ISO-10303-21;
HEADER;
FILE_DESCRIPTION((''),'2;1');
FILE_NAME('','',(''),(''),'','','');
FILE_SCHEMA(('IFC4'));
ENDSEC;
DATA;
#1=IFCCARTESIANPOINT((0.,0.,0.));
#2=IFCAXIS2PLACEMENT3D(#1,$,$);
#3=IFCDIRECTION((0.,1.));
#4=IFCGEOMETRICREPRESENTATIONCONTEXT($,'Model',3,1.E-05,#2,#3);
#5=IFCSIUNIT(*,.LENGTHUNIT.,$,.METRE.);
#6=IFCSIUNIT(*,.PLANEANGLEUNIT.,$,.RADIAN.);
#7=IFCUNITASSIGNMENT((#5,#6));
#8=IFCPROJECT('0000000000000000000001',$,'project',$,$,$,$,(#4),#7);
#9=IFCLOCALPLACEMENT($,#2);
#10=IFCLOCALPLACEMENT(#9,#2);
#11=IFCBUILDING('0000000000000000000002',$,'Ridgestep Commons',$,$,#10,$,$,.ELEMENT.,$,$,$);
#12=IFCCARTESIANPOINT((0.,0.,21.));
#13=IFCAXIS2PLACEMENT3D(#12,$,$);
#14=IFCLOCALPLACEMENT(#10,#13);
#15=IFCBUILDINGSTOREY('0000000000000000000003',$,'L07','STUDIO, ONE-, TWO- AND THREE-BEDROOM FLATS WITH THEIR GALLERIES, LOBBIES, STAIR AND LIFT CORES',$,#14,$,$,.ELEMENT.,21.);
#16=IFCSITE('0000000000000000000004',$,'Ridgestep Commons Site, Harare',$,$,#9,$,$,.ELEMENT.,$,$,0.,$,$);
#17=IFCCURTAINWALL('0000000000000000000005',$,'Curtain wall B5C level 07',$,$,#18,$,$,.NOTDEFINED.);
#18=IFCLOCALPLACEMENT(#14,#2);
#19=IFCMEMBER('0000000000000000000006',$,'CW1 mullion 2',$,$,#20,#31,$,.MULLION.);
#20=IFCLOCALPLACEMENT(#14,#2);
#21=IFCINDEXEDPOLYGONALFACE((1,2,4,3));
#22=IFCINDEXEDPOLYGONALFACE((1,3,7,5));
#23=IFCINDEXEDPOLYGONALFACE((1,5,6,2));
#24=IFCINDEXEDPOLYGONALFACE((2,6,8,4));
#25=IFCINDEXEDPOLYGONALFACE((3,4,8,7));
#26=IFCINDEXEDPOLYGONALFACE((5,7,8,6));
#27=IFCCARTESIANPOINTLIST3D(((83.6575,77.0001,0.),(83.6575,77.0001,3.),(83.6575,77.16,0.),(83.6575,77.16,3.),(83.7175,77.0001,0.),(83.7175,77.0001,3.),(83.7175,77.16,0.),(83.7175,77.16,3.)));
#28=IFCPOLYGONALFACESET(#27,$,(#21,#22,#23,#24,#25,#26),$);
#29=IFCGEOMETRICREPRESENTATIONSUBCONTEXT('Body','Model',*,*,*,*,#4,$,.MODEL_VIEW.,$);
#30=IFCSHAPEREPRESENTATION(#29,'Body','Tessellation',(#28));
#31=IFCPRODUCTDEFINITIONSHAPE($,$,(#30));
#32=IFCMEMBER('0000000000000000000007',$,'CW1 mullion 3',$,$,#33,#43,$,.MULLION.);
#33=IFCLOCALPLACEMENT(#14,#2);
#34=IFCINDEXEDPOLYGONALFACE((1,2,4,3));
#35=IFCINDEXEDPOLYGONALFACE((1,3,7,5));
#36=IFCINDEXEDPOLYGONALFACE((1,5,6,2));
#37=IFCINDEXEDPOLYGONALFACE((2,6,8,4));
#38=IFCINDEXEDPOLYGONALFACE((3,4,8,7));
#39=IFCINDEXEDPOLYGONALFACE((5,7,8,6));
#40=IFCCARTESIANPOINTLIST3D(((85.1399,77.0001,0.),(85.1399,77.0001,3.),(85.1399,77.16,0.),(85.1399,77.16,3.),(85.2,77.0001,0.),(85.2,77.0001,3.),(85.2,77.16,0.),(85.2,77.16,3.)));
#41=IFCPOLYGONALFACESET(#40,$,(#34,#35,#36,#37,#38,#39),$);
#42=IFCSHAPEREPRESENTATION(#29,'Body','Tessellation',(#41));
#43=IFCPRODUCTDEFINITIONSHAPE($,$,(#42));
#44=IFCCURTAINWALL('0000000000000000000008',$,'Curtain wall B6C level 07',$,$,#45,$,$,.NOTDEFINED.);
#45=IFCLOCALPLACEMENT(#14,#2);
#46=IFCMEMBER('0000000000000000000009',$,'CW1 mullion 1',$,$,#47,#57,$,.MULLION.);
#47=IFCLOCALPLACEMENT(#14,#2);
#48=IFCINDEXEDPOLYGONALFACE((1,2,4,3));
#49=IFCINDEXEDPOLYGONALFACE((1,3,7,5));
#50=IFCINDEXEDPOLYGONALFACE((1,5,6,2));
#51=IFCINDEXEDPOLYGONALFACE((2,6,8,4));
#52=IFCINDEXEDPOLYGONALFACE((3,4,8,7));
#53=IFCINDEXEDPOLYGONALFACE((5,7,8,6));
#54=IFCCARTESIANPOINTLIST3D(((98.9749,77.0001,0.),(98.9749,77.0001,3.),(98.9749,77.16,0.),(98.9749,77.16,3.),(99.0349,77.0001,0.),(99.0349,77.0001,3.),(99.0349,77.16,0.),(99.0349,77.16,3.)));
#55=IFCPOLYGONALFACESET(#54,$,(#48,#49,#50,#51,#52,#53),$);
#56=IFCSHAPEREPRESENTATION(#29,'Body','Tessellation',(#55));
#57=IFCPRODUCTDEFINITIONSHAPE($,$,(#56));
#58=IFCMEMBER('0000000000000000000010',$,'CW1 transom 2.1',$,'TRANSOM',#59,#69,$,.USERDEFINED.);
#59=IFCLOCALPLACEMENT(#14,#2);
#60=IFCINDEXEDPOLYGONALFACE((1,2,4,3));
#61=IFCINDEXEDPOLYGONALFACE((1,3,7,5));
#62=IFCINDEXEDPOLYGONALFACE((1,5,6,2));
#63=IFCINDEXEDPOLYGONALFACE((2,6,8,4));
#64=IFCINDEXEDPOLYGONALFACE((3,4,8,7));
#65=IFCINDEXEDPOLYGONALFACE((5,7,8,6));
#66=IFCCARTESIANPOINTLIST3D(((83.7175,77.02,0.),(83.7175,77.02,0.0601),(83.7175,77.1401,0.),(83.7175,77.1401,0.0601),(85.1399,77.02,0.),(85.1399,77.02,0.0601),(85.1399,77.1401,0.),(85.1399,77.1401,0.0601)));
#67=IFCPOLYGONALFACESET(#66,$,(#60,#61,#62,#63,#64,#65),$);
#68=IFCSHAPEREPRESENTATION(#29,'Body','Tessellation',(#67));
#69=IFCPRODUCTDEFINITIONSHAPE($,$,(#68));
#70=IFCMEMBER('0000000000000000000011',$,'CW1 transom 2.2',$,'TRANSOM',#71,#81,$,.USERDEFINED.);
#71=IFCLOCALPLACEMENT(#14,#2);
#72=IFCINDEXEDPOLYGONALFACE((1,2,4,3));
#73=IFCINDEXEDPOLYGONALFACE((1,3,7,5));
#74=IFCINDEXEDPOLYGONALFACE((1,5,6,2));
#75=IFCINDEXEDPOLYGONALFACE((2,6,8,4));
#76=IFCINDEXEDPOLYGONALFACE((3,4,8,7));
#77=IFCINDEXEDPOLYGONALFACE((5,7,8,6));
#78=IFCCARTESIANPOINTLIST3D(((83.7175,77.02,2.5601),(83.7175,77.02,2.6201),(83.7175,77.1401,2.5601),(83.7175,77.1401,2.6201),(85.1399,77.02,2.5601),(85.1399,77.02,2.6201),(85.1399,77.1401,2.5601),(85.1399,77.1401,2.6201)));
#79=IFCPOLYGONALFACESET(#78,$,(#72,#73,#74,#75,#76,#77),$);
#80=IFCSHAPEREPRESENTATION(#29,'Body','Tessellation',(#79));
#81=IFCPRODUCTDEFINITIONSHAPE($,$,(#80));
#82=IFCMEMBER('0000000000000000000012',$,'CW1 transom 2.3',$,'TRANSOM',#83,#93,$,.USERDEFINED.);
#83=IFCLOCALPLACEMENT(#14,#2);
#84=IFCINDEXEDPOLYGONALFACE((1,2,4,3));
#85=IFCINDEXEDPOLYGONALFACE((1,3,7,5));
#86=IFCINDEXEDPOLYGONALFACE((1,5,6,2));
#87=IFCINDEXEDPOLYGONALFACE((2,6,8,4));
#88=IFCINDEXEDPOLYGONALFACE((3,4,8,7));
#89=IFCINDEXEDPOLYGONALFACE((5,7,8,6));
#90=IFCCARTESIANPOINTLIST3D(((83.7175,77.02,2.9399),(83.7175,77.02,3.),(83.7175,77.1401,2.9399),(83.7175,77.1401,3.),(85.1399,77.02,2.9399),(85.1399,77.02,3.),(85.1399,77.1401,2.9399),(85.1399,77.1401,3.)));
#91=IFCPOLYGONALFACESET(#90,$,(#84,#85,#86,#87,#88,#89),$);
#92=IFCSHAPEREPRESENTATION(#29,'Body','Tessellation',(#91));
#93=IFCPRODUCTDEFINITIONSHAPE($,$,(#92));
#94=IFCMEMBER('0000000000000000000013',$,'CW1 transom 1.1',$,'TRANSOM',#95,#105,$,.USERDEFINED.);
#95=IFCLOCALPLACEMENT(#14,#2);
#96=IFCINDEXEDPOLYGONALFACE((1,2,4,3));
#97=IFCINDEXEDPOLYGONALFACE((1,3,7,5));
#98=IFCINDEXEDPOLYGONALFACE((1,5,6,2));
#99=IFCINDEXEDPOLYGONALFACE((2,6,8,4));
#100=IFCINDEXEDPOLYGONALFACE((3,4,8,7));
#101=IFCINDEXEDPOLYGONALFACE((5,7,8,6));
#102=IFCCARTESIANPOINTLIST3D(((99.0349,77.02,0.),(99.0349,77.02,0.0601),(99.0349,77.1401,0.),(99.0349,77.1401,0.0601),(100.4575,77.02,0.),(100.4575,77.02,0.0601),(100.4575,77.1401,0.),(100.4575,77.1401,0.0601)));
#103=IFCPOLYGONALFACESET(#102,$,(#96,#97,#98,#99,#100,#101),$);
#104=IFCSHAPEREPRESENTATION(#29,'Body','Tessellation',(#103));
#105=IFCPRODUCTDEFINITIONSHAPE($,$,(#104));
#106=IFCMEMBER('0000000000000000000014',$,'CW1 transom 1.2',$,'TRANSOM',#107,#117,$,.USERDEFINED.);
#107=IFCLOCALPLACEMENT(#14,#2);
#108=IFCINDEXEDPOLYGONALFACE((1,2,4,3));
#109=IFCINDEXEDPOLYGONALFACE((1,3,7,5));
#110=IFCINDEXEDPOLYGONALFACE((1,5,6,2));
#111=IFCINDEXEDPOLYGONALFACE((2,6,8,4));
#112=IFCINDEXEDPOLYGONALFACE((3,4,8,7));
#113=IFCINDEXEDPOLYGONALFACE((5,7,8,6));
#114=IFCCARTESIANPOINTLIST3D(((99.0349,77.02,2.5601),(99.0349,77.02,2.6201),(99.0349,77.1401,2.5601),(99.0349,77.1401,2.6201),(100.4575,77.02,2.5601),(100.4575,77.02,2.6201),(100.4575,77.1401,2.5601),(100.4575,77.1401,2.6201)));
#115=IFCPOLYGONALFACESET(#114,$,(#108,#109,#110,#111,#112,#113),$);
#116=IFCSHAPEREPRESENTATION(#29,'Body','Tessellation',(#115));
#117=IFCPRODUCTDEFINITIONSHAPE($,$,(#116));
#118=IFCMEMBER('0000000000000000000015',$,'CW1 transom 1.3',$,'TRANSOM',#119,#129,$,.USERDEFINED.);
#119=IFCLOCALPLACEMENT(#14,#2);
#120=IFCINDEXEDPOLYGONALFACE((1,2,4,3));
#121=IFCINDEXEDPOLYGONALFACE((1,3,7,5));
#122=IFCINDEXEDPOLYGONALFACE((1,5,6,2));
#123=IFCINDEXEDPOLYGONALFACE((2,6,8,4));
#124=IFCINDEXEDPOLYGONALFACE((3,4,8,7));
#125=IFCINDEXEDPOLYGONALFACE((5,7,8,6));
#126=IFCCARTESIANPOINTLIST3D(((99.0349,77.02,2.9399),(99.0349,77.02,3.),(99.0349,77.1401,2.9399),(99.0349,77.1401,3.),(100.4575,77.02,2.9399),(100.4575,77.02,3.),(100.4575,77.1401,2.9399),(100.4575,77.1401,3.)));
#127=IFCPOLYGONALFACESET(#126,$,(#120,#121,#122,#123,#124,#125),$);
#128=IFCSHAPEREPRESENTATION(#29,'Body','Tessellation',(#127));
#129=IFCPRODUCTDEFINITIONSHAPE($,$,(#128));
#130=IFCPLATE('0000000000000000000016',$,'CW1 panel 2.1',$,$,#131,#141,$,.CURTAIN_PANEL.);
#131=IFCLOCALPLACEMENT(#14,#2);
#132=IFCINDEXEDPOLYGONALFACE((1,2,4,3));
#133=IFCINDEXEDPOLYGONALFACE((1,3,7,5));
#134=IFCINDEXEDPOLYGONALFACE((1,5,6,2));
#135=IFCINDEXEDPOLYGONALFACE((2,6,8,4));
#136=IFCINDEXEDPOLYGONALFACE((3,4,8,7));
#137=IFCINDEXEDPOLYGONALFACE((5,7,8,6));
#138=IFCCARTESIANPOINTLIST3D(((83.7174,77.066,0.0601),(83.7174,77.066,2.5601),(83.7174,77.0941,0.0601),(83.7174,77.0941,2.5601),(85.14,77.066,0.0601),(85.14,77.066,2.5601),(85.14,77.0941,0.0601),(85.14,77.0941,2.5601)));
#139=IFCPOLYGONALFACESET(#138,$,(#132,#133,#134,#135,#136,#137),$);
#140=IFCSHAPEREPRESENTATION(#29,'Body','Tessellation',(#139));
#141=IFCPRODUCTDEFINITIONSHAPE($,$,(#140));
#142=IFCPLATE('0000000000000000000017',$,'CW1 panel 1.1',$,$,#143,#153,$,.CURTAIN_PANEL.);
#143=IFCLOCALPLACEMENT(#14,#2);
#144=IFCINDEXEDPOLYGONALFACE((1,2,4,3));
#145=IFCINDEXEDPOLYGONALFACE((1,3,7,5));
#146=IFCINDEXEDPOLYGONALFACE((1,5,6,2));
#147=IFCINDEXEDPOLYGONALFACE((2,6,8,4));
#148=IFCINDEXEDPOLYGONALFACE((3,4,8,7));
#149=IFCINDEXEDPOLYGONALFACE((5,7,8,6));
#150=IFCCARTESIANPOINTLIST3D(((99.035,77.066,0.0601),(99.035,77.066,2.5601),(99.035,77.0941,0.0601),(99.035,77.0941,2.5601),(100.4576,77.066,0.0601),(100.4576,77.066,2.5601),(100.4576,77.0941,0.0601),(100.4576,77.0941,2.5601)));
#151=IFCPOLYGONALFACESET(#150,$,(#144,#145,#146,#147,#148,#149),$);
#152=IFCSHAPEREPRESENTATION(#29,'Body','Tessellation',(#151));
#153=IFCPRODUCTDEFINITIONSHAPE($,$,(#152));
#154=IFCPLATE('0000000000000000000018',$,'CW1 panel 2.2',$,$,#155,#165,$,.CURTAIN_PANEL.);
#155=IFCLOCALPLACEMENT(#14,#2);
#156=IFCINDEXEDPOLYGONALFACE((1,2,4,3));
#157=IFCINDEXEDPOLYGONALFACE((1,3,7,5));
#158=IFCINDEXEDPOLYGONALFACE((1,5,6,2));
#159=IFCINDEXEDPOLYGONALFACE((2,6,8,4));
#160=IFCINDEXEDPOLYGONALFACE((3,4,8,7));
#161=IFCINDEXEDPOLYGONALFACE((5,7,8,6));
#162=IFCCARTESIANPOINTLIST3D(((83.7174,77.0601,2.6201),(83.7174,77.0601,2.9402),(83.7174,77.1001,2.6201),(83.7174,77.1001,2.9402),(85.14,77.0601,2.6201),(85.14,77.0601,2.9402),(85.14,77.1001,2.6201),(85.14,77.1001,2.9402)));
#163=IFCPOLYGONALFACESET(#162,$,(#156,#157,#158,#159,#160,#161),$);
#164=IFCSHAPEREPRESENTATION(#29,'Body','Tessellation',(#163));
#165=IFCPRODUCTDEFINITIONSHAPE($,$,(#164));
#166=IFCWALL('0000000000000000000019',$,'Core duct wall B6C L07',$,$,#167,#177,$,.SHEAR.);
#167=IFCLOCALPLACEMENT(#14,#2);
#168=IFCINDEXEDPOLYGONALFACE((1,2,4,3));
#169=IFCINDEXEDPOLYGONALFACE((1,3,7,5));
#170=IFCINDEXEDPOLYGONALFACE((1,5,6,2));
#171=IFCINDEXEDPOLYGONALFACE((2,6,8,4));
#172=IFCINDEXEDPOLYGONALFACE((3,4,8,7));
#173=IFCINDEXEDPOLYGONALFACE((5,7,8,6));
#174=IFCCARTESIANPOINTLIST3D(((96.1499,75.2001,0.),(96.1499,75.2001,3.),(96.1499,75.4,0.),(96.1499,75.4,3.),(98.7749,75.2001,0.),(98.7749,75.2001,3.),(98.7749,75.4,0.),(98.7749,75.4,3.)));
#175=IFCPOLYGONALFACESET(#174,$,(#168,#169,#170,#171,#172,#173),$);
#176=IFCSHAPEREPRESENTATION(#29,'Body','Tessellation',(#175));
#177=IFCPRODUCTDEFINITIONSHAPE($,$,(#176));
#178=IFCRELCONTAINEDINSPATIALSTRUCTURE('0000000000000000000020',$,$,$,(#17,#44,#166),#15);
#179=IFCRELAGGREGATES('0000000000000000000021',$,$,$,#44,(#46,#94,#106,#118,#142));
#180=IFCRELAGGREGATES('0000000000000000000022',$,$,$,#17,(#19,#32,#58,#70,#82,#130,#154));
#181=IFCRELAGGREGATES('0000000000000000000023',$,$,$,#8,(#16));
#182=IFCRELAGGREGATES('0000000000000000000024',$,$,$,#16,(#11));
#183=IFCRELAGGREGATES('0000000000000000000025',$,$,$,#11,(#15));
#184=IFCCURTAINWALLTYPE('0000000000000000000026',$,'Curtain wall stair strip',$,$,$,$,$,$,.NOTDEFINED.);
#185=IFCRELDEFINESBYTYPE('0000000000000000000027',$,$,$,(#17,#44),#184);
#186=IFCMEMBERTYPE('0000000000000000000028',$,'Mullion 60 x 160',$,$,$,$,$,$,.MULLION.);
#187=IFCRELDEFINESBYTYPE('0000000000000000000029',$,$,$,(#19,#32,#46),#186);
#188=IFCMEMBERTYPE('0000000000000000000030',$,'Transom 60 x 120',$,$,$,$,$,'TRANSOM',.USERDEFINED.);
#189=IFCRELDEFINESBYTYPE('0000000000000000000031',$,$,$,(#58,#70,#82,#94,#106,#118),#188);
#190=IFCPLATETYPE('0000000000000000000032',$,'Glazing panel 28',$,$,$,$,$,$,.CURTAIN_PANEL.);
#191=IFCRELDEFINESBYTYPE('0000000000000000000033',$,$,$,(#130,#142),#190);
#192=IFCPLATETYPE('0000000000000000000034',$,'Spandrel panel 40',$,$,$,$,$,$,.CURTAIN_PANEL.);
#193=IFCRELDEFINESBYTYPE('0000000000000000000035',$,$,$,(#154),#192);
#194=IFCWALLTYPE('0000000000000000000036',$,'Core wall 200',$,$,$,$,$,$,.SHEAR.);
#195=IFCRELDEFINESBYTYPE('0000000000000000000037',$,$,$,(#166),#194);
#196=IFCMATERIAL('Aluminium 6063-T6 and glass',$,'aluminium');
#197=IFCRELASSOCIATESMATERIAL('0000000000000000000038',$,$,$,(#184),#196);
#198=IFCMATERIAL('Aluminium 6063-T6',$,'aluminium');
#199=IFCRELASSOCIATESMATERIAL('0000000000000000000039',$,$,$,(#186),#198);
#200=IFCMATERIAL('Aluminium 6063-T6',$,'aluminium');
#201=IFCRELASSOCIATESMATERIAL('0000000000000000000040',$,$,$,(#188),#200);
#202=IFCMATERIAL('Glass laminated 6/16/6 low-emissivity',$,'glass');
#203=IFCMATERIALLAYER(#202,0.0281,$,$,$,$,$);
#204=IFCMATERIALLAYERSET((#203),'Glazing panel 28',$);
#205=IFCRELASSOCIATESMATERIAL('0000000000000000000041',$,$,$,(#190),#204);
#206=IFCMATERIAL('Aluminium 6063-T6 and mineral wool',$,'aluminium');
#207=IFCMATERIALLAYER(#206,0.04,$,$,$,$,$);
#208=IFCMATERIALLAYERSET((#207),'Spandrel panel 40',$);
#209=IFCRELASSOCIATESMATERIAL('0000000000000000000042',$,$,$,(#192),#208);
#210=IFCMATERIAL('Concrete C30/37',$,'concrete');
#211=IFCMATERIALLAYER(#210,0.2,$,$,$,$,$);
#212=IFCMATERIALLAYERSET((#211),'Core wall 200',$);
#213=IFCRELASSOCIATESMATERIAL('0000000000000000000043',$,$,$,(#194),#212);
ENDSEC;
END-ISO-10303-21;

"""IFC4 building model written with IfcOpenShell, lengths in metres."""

from ifc_helpers import new_model, si_unit, direction, frame, frame_2d, origin, origin_2d, place, context, subcontext, project, spatial, rectangle, extrude, material, layer, layer_set, material_profile, profile_set, type_object, element, aggregate, save


model = new_model("IFC4")

# Units and contexts
model_context = context("Model", 3, precision=1e-05, world=origin(), true_north=direction((0.0, 1.0)))
body_context = subcontext(model_context, "Body", "Model", "MODEL_VIEW")
ifc_project = project(units=[si_unit("LENGTHUNIT", "METRE"), si_unit("PLANEANGLEUNIT", "RADIAN")], contexts=[model_context])

# Site, building, storey
site_placement = place(None, origin())
site = spatial("IfcSite", under=ifc_project, at=site_placement, Name="Ridgestep Commons Site, Harare", CompositionType="ELEMENT", RefElevation=0.0)
building_placement = place(site_placement, origin())
building = spatial("IfcBuilding", under=site, at=building_placement, Name="Ridgestep Commons", CompositionType="ELEMENT")
storey_placement = place(building_placement, frame((0.0, 0.0, 21.0)))
storey = spatial("IfcBuildingStorey", under=building, at=storey_placement, Name="L07", Description="STUDIO, ONE-, TWO- AND THREE-BEDROOM FLATS WITH THEIR GALLERIES, LOBBIES, STAIR AND LIFT CORES", CompositionType="ELEMENT", Elevation=21.0)

# Curtain wall, members
ifc_material_1 = material(Name="Aluminium 6063-T6 and glass", Category="aluminium")
curtain_wall_type = type_object("IfcCurtainWallType", Name="Curtain wall stair strip", PredefinedType="NOTDEFINED", material=ifc_material_1)
curtain_wall_1_placement = place(storey_placement, origin())
curtain_wall_1 = element("IfcCurtainWall", 1, at=curtain_wall_1_placement, inside=storey, type_object=curtain_wall_type, Name="Curtain wall B5C level 07", PredefinedType="NOTDEFINED")
ifc_material_2 = material(Name="Aluminium 6063-T6", Category="aluminium")
ifc_material_profile_1 = material_profile(ifc_material_2, rectangle(XDim=0.1599, YDim=0.0601, at=origin_2d()), Name="Mullion 60 x 160")
ifc_profile_set_1 = profile_set([ifc_material_profile_1], Name="Aluminium 6063-T6")
member_type_1 = type_object("IfcMemberType", Name="Mullion 60 x 160", PredefinedType="MULLION", material=ifc_profile_set_1)
member_1_placement = place(storey_placement, frame((83.6875, 77.0801, 0.0), z_axis=(0.0, 0.0, 1.0), x_axis=(0.0, 1.0, 0.0)))
member_1 = element("IfcMember", 2, at=member_1_placement, type_object=member_type_1, Name="CW1 mullion 2", PredefinedType="MULLION", context=body_context, shape_type="SweptSolid", body=[
    extrude(rectangle(XDim=0.1599, YDim=0.0601, at=origin_2d()), origin(), (0.0, 0.0, 1.0), 3.0),
])
member_2_placement = place(storey_placement, frame((85.1699, 77.0801, 0.0), z_axis=(0.0, 0.0, 1.0), x_axis=(0.0, 1.0, 0.0)))
member_2 = element("IfcMember", 3, at=member_2_placement, type_object=member_type_1, Name="CW1 mullion 3", PredefinedType="MULLION", context=body_context, shape_type="SweptSolid", body=[
    extrude(rectangle(XDim=0.1599, YDim=0.0601, at=origin_2d()), origin(), (0.0, 0.0, 1.0), 3.0),
])

# Curtain wall, member
curtain_wall_2_placement = place(storey_placement, origin())
curtain_wall_2 = element("IfcCurtainWall", 4, at=curtain_wall_2_placement, inside=storey, type_object=curtain_wall_type, Name="Curtain wall B6C level 07", PredefinedType="NOTDEFINED")
member_3_placement = place(storey_placement, frame((99.0049, 77.0801, 0.0), z_axis=(0.0, 0.0, 1.0), x_axis=(0.0, 1.0, 0.0)))
member_3 = element("IfcMember", 5, at=member_3_placement, type_object=member_type_1, Name="CW1 mullion 1", PredefinedType="MULLION", context=body_context, shape_type="SweptSolid", body=[
    extrude(rectangle(XDim=0.1599, YDim=0.0601, at=origin_2d()), origin(), (0.0, 0.0, 1.0), 3.0),
])

# Members
ifc_material_3 = material(Name="Aluminium 6063-T6", Category="aluminium")
ifc_material_profile_2 = material_profile(ifc_material_3, rectangle(XDim=0.1201, YDim=0.0601, at=origin_2d()), Name="Transom 60 x 120")
ifc_profile_set_2 = profile_set([ifc_material_profile_2], Name="Aluminium 6063-T6")
member_type_2 = type_object("IfcMemberType", Name="Transom 60 x 120", ElementType="TRANSOM", PredefinedType="USERDEFINED", material=ifc_profile_set_2)
member_4_placement = place(storey_placement, frame((83.7175, 77.0801, 0.03), z_axis=(1.0, 0.0, 0.0), x_axis=(0.0, 1.0, 0.0)))
member_4 = element("IfcMember", 6, at=member_4_placement, type_object=member_type_2, Name="CW1 transom 2.1", ObjectType="TRANSOM", PredefinedType="USERDEFINED", context=body_context, shape_type="SweptSolid", body=[
    extrude(rectangle(XDim=0.1201, YDim=0.0601, at=origin_2d()), origin(), (0.0, 0.0, 1.0), 1.4224),
])
member_5_placement = place(storey_placement, frame((83.7175, 77.0801, 2.5901), z_axis=(1.0, 0.0, 0.0), x_axis=(0.0, 1.0, 0.0)))
member_5 = element("IfcMember", 7, at=member_5_placement, type_object=member_type_2, Name="CW1 transom 2.2", ObjectType="TRANSOM", PredefinedType="USERDEFINED", context=body_context, shape_type="SweptSolid", body=[
    extrude(rectangle(XDim=0.1201, YDim=0.0601, at=origin_2d()), origin(), (0.0, 0.0, 1.0), 1.4224),
])
member_6_placement = place(storey_placement, frame((83.7175, 77.0801, 2.97), z_axis=(1.0, 0.0, 0.0), x_axis=(0.0, 1.0, 0.0)))
member_6 = element("IfcMember", 8, at=member_6_placement, type_object=member_type_2, Name="CW1 transom 2.3", ObjectType="TRANSOM", PredefinedType="USERDEFINED", context=body_context, shape_type="SweptSolid", body=[
    extrude(rectangle(XDim=0.1201, YDim=0.0601, at=origin_2d()), origin(), (0.0, 0.0, 1.0), 1.4224),
])
member_7_placement = place(storey_placement, frame((99.0349, 77.0801, 0.03), z_axis=(1.0, 0.0, 0.0), x_axis=(0.0, 1.0, 0.0)))
member_7 = element("IfcMember", 9, at=member_7_placement, type_object=member_type_2, Name="CW1 transom 1.1", ObjectType="TRANSOM", PredefinedType="USERDEFINED", context=body_context, shape_type="SweptSolid", body=[
    extrude(rectangle(XDim=0.1201, YDim=0.0601, at=origin_2d()), origin(), (0.0, 0.0, 1.0), 1.4226),
])
member_8_placement = place(storey_placement, frame((99.0349, 77.0801, 2.5901), z_axis=(1.0, 0.0, 0.0), x_axis=(0.0, 1.0, 0.0)))
member_8 = element("IfcMember", 10, at=member_8_placement, type_object=member_type_2, Name="CW1 transom 1.2", ObjectType="TRANSOM", PredefinedType="USERDEFINED", context=body_context, shape_type="SweptSolid", body=[
    extrude(rectangle(XDim=0.1201, YDim=0.0601, at=origin_2d()), origin(), (0.0, 0.0, 1.0), 1.4226),
])
member_9_placement = place(storey_placement, frame((99.0349, 77.0801, 2.97), z_axis=(1.0, 0.0, 0.0), x_axis=(0.0, 1.0, 0.0)))
member_9 = element("IfcMember", 11, at=member_9_placement, type_object=member_type_2, Name="CW1 transom 1.3", ObjectType="TRANSOM", PredefinedType="USERDEFINED", context=body_context, shape_type="SweptSolid", body=[
    extrude(rectangle(XDim=0.1201, YDim=0.0601, at=origin_2d()), origin(), (0.0, 0.0, 1.0), 1.4226),
])

# Plates
ifc_material_4 = material(Name="Glass laminated 6/16/6 low-emissivity", Category="glass")
ifc_layer_1 = layer(ifc_material_4, 0.0281)
ifc_layer_set_1 = layer_set([ifc_layer_1], Name="Glazing panel 28")
plate_type_1 = type_object("IfcPlateType", Name="Glazing panel 28", PredefinedType="CURTAIN_PANEL", material=ifc_layer_set_1)
plate_1_placement = place(storey_placement, frame((84.4287, 77.0801, 0.0601), z_axis=(0.0, 0.0, 1.0), x_axis=(1.0, 0.0, 0.0)))
plate_1 = element("IfcPlate", 12, at=plate_1_placement, type_object=plate_type_1, Name="CW1 panel 2.1", PredefinedType="CURTAIN_PANEL", context=body_context, shape_type="SweptSolid", body=[
    extrude(rectangle(XDim=1.4226, YDim=0.0281, at=origin_2d()), origin(), (0.0, 0.0, 1.0), 2.5),
])
plate_2_placement = place(storey_placement, frame((99.7463, 77.0801, 0.0601), z_axis=(0.0, 0.0, 1.0), x_axis=(1.0, 0.0, 0.0)))
plate_2 = element("IfcPlate", 13, at=plate_2_placement, type_object=plate_type_1, Name="CW1 panel 1.1", PredefinedType="CURTAIN_PANEL", context=body_context, shape_type="SweptSolid", body=[
    extrude(rectangle(XDim=1.4226, YDim=0.0281, at=origin_2d()), origin(), (0.0, 0.0, 1.0), 2.5),
])
aggregate(curtain_wall_2, [member_3, member_7, member_8, member_9, plate_2])
ifc_material_5 = material(Name="Aluminium 6063-T6 and mineral wool", Category="aluminium")
ifc_layer_2 = layer(ifc_material_5, 0.04)
ifc_layer_set_2 = layer_set([ifc_layer_2], Name="Spandrel panel 40")
plate_type_2 = type_object("IfcPlateType", Name="Spandrel panel 40", PredefinedType="CURTAIN_PANEL", material=ifc_layer_set_2)
plate_3_placement = place(storey_placement, frame((84.4287, 77.0801, 2.6201), z_axis=(0.0, 0.0, 1.0), x_axis=(1.0, 0.0, 0.0)))
plate_3 = element("IfcPlate", 14, at=plate_3_placement, type_object=plate_type_2, Name="CW1 panel 2.2", PredefinedType="CURTAIN_PANEL", context=body_context, shape_type="SweptSolid", body=[
    extrude(rectangle(XDim=1.4226, YDim=0.04, at=origin_2d()), origin(), (0.0, 0.0, 1.0), 0.3201),
])
aggregate(curtain_wall_1, [member_1, member_2, member_4, member_5, member_6, plate_1, plate_3])

# Wall
ifc_material_6 = material(Name="Concrete C30/37", Category="concrete")
ifc_layer_3 = layer(ifc_material_6, 0.2)
ifc_layer_set_3 = layer_set([ifc_layer_3], Name="Core wall 200")
wall_type_1 = type_object("IfcWallType", Name="Core wall 200", PredefinedType="SHEAR", material=ifc_layer_set_3)
wall_1_placement = place(storey_placement, frame((96.1499, 75.3, 0.0), z_axis=(0.0, 0.0, 1.0), x_axis=(1.0, 0.0, 0.0)))
element("IfcWall", 15, at=wall_1_placement, inside=storey, type_object=wall_type_1, Name="Core duct wall B6C L07", PredefinedType="SHEAR", context=body_context, shape_type="SweptSolid", body=[
    extrude(rectangle(XDim=2.625, YDim=0.2, at=frame_2d((1.3125, 0.0))), origin(), (0.0, 0.0, 1.0), 3.0),
])

save(model, "model.ifc")
